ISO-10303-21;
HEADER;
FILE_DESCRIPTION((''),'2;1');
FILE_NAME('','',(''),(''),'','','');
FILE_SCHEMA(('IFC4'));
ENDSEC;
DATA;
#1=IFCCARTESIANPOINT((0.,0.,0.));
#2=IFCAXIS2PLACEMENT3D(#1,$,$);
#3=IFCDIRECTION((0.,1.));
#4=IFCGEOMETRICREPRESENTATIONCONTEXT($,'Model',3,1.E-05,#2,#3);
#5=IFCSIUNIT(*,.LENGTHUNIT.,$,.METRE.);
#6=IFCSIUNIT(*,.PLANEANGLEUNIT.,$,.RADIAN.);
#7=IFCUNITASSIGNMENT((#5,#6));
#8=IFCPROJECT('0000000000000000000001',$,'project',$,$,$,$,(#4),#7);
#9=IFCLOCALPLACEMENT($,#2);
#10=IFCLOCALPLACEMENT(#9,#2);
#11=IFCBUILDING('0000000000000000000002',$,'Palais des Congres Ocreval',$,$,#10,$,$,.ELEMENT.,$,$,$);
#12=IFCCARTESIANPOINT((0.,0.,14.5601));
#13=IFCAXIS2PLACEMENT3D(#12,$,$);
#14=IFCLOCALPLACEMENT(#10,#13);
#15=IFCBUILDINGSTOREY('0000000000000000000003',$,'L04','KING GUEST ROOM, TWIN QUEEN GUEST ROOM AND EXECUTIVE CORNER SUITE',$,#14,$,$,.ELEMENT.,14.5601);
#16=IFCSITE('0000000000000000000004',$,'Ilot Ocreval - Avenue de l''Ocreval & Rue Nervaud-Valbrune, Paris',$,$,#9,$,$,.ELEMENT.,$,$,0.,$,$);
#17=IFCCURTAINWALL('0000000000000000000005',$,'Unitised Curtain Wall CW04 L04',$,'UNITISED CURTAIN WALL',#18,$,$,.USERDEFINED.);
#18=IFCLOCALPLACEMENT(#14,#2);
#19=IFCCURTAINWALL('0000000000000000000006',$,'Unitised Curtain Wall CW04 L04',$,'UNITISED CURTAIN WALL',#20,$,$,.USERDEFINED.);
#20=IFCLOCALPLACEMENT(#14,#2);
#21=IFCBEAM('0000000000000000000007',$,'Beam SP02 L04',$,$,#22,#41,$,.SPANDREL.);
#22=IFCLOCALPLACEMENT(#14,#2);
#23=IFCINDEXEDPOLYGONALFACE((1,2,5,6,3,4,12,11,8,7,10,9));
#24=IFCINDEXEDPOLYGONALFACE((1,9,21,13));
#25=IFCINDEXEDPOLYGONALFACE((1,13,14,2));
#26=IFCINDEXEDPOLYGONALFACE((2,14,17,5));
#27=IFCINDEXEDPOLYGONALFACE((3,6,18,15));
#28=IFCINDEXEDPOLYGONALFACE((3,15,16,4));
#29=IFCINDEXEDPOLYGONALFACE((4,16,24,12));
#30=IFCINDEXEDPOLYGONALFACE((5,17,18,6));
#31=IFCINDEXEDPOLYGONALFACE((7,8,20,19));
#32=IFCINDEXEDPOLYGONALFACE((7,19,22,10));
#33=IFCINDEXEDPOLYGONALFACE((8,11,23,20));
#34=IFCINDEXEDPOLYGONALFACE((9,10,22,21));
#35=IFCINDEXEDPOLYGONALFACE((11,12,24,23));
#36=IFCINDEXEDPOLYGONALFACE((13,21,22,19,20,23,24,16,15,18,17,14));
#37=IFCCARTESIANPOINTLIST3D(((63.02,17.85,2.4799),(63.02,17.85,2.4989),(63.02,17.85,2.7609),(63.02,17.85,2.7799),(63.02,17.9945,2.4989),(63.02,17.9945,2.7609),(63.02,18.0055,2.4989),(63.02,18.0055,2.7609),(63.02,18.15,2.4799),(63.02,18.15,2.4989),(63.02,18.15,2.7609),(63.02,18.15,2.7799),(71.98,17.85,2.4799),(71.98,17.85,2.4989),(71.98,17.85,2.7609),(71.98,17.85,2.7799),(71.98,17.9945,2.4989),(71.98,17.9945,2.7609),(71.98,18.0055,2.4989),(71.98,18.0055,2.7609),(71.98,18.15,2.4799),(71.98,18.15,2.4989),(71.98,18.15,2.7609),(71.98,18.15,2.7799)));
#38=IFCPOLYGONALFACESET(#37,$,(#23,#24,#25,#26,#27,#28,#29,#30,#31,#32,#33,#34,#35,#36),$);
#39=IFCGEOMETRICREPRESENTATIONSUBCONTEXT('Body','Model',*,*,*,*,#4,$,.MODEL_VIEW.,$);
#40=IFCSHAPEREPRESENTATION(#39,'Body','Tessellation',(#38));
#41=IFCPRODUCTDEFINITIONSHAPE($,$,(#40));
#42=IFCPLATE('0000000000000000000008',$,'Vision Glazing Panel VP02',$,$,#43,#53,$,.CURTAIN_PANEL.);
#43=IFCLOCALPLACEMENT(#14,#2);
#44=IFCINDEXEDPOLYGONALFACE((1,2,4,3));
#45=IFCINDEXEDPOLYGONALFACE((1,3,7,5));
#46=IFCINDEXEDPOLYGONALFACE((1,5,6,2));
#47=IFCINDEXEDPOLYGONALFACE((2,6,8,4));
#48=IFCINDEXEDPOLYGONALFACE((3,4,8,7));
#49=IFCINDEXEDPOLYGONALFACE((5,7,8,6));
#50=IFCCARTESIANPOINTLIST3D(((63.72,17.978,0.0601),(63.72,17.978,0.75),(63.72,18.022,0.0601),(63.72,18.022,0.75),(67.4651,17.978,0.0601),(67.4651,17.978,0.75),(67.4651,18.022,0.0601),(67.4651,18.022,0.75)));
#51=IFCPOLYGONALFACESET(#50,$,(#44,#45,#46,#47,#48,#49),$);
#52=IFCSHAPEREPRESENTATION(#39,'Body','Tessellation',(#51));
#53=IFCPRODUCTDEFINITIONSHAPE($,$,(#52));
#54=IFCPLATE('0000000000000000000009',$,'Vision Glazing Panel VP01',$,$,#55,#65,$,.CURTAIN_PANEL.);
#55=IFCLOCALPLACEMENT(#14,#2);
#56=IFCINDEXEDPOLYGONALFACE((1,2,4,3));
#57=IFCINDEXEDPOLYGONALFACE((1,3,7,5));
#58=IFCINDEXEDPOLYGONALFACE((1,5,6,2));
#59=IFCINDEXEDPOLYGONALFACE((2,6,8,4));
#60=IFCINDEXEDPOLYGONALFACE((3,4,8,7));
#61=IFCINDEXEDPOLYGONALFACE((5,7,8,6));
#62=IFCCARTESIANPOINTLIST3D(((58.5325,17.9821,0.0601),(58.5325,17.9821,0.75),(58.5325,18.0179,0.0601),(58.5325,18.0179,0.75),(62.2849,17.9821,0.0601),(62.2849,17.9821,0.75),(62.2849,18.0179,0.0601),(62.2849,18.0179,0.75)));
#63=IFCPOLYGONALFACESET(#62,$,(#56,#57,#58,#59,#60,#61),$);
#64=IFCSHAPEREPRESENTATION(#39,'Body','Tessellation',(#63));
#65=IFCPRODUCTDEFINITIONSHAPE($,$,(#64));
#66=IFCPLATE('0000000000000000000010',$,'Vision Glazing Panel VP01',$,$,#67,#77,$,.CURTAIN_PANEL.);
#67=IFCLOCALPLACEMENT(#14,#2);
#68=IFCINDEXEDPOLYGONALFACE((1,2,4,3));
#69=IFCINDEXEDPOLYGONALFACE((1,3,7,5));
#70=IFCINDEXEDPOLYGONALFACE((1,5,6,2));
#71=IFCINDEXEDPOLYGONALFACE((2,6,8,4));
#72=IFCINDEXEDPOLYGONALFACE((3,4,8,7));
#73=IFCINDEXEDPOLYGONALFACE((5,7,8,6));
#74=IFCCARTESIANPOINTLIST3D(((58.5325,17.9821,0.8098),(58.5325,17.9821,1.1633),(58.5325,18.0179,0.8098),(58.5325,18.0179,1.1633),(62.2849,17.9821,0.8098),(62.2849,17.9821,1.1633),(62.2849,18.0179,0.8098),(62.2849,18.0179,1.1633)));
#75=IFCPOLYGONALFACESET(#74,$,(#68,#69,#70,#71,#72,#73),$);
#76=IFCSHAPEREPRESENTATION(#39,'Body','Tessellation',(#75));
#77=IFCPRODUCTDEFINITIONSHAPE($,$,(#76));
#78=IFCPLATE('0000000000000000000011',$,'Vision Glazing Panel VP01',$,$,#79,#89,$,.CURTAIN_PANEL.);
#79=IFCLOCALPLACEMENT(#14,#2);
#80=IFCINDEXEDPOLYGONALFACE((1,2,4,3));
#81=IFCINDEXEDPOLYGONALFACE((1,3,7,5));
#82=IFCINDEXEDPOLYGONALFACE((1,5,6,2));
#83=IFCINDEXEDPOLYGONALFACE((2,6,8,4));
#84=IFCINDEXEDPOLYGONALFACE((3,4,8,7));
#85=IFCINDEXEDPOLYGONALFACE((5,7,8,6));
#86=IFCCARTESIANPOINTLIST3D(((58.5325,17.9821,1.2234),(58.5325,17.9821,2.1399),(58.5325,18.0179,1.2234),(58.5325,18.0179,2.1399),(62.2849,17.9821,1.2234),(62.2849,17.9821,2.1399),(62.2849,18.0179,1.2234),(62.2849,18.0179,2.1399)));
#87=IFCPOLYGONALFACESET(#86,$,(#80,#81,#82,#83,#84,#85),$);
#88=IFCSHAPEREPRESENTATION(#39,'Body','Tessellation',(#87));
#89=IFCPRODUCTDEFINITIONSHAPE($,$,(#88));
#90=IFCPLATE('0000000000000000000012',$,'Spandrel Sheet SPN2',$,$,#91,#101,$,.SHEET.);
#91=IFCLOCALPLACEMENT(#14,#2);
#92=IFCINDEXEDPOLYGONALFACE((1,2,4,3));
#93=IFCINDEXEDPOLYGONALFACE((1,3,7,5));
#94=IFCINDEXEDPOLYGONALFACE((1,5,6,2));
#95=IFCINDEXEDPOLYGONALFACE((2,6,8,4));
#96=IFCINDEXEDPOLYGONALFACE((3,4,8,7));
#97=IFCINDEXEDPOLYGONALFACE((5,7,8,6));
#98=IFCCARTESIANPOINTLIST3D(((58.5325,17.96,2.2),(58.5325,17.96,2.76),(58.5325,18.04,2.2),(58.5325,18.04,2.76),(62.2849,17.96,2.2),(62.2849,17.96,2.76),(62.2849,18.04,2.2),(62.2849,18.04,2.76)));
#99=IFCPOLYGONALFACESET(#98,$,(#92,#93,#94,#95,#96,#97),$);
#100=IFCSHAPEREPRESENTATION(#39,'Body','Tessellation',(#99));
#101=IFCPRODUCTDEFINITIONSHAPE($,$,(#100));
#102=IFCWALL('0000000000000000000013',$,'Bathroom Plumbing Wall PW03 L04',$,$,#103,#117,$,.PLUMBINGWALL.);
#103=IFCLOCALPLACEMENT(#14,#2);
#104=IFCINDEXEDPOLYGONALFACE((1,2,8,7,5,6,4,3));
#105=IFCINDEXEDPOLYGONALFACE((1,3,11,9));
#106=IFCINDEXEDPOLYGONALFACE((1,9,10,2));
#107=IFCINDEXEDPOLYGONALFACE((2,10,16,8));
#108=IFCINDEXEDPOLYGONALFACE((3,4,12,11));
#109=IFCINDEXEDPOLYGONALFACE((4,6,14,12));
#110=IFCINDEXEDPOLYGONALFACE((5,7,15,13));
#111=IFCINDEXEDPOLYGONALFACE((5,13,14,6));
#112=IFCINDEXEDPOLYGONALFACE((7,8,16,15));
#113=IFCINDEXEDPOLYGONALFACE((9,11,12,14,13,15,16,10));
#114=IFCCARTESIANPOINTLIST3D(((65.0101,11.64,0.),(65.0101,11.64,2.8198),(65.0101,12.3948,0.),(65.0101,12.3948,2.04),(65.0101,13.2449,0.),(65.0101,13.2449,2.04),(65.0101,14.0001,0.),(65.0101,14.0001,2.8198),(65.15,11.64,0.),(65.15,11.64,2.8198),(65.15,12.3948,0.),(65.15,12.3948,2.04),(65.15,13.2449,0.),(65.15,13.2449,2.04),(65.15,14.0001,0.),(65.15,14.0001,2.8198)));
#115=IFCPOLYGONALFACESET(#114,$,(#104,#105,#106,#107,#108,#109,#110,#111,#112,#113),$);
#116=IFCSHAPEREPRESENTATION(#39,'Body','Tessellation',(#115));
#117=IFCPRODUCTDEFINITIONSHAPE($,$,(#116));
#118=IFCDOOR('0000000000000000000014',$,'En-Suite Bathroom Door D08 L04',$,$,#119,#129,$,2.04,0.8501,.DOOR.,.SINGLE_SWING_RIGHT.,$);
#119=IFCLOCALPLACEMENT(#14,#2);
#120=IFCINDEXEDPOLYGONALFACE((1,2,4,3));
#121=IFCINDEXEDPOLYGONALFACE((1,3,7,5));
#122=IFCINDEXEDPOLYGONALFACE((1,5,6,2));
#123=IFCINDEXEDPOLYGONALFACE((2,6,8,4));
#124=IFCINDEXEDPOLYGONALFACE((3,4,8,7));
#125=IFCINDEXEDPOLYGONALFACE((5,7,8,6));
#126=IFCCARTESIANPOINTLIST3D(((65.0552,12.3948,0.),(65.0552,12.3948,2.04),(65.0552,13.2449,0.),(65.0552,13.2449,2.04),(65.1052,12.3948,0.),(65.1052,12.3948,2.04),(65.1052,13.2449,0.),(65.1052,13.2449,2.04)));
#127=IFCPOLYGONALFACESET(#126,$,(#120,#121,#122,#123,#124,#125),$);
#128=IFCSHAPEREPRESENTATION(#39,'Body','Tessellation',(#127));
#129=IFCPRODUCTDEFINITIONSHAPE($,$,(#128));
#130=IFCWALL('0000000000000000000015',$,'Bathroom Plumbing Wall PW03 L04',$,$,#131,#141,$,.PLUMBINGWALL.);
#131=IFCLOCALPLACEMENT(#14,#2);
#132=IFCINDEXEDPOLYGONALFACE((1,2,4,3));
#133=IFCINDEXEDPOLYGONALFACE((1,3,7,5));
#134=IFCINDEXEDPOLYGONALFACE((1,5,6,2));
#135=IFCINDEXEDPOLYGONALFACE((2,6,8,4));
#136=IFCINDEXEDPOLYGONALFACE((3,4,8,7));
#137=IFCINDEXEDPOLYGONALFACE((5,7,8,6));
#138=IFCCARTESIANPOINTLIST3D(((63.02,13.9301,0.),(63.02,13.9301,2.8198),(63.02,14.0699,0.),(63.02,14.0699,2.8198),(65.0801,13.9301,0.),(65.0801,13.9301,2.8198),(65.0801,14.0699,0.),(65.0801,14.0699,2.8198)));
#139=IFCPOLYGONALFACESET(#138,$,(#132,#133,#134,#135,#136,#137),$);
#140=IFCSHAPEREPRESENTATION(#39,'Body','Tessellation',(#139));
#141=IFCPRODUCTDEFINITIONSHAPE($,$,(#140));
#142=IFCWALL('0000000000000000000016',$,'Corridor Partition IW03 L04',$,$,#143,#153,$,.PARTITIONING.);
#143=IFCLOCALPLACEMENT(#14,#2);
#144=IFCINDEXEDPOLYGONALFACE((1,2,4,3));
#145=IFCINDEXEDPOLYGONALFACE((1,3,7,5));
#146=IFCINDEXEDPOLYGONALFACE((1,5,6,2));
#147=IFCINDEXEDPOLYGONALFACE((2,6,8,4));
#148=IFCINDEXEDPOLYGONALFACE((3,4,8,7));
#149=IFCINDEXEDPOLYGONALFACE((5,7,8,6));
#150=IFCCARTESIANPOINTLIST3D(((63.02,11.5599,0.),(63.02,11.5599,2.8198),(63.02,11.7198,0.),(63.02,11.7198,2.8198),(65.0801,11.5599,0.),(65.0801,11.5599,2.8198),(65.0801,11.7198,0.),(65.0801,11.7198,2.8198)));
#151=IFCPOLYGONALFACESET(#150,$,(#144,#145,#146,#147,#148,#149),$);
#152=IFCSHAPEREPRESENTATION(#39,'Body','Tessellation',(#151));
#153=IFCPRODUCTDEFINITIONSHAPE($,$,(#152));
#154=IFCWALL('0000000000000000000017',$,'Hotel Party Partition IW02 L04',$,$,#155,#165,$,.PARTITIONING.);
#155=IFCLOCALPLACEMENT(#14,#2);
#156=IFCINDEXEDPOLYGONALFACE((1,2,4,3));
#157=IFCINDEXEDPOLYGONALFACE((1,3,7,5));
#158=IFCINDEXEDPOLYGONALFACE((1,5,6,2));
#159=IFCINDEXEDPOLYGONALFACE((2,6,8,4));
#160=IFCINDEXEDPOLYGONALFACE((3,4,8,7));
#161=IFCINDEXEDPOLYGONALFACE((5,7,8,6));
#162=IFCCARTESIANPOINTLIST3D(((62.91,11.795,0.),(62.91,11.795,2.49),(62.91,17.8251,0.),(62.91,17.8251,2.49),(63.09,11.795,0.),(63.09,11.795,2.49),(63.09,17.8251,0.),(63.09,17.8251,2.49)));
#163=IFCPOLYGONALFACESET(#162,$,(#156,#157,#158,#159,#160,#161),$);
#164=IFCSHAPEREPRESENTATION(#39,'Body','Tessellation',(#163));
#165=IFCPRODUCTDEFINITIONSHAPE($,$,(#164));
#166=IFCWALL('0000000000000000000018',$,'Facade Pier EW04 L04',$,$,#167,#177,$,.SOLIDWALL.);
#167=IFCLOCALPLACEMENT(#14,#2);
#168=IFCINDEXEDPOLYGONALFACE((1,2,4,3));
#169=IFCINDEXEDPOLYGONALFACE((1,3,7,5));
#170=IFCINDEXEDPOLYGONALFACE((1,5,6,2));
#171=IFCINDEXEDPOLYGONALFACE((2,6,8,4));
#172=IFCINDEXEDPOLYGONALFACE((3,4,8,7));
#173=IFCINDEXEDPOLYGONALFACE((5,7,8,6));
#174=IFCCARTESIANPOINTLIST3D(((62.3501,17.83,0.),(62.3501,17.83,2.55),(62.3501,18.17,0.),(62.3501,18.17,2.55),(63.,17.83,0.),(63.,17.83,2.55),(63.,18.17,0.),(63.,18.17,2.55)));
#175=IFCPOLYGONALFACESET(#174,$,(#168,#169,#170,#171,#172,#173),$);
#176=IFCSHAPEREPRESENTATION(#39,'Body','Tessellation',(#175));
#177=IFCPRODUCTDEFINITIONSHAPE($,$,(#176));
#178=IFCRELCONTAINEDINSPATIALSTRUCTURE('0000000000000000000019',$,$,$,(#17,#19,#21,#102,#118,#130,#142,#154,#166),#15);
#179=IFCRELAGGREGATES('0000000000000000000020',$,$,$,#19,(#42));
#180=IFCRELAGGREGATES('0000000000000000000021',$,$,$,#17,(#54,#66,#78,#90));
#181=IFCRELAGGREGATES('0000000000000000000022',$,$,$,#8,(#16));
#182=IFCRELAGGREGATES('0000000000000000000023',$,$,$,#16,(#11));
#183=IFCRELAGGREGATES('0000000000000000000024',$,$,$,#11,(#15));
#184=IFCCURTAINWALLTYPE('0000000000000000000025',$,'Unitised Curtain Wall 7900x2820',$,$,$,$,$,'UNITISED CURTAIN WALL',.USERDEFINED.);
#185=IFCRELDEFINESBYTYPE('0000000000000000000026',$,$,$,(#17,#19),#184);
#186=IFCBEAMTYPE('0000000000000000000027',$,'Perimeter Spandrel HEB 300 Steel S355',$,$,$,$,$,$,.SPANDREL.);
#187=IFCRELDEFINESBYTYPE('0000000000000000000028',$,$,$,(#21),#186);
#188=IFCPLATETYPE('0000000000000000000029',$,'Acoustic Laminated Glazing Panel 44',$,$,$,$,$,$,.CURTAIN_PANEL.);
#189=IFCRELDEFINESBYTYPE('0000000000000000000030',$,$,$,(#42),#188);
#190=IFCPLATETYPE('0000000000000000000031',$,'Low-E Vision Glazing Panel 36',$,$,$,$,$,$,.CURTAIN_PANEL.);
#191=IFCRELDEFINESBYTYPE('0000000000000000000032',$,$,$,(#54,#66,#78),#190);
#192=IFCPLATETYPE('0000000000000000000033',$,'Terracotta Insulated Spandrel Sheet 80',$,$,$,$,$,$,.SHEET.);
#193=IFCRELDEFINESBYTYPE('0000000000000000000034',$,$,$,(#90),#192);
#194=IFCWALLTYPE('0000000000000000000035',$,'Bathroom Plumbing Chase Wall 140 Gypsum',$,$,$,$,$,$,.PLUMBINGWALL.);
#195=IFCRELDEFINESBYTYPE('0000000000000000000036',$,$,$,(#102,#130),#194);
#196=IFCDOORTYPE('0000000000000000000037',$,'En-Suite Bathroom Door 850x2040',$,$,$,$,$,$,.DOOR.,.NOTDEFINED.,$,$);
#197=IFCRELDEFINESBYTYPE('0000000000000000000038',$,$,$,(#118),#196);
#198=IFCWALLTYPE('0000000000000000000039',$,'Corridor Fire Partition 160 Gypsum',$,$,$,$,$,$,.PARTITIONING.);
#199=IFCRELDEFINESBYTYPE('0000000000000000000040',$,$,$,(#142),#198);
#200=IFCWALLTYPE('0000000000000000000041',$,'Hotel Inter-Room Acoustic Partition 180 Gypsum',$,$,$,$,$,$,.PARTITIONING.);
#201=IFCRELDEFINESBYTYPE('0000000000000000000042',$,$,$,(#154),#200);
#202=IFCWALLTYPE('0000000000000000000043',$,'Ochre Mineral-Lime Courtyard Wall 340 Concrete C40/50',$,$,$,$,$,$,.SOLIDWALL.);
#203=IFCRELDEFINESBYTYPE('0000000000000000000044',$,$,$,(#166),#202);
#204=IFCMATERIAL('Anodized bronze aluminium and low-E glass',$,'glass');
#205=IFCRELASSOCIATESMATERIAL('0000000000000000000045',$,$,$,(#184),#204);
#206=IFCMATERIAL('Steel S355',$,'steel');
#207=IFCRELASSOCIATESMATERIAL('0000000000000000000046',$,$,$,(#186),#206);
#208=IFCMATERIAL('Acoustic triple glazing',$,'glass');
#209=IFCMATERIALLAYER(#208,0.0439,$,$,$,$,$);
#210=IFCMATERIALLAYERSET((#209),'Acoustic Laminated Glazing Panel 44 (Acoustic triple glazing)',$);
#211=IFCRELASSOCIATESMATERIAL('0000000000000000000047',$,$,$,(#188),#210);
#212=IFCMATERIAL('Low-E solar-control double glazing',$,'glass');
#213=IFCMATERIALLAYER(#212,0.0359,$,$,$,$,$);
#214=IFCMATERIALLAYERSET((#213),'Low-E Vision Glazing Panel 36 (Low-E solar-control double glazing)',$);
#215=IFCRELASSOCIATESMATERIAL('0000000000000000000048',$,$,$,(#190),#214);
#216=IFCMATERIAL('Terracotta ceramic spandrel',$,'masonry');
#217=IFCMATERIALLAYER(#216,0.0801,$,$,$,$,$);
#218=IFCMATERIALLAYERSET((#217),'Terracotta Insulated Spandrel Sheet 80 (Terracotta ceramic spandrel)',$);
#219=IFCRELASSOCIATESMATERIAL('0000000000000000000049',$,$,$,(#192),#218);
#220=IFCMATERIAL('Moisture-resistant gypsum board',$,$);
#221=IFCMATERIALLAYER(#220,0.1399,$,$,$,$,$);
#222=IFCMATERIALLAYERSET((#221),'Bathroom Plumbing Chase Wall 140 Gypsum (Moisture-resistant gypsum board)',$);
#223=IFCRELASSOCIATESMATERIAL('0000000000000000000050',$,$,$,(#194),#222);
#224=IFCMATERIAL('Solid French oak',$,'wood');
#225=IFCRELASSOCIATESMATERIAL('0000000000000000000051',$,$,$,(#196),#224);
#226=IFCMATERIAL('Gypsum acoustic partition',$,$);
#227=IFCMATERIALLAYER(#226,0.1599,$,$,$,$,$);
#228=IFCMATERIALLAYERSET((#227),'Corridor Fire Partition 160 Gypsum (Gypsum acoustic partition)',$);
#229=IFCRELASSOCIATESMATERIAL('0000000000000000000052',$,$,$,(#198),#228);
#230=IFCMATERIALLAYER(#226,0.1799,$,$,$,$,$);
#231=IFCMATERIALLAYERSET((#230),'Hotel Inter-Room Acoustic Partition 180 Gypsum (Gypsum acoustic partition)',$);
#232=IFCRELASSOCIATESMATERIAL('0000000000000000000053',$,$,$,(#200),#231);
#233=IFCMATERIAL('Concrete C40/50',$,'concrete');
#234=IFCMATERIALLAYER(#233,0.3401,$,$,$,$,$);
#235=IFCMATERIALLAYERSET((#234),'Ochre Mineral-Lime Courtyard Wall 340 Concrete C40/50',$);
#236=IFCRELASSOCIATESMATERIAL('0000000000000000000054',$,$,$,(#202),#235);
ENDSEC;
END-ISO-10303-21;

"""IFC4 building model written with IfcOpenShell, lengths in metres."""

from ifc_helpers import new_model, si_unit, direction, frame, frame_2d, origin, origin_2d, place, context, subcontext, project, spatial, rectangle, i_section, extrude, material, layer, layer_set, material_profile, profile_set, type_object, element, fill, aggregate, save


model = new_model("IFC4")

# Units and contexts
model_context = context("Model", 3, precision=1e-05, world=origin(), true_north=direction((0.0, 1.0)))
body_context = subcontext(model_context, "Body", "Model", "MODEL_VIEW")
ifc_project = project(units=[si_unit("LENGTHUNIT", "METRE"), si_unit("PLANEANGLEUNIT", "RADIAN")], contexts=[model_context])

# Site, building, storey
site_placement = place(None, origin())
site = spatial("IfcSite", under=ifc_project, at=site_placement, Name="Ilot Ocreval - Avenue de l'Ocreval & Rue Nervaud-Valbrune, Paris", CompositionType="ELEMENT", RefElevation=0.0)
building_placement = place(site_placement, origin())
building = spatial("IfcBuilding", under=site, at=building_placement, Name="Palais des Congres Ocreval", CompositionType="ELEMENT")
storey_placement = place(building_placement, frame((0.0, 0.0, 14.5601)))
storey = spatial("IfcBuildingStorey", under=building, at=storey_placement, Name="L04", Description="KING GUEST ROOM, TWIN QUEEN GUEST ROOM AND EXECUTIVE CORNER SUITE", CompositionType="ELEMENT", Elevation=14.5601)

# Shared definitions
ifc_material_1 = material(Name="Concrete C40/50", Category="concrete")

# Curtain walls
ifc_material_2 = material(Name="Anodized bronze aluminium and low-E glass", Category="glass")
curtain_wall_type = type_object("IfcCurtainWallType", Name="Unitised Curtain Wall 7900x2820", ElementType="UNITISED CURTAIN WALL", PredefinedType="USERDEFINED", material=ifc_material_2)
curtain_wall_1_placement = place(storey_placement, origin())
curtain_wall_1 = element("IfcCurtainWall", 1, at=curtain_wall_1_placement, inside=storey, type_object=curtain_wall_type, Name="Unitised Curtain Wall CW04 L04", ObjectType="UNITISED CURTAIN WALL", PredefinedType="USERDEFINED")
curtain_wall_2_placement = place(storey_placement, origin())
curtain_wall_2 = element("IfcCurtainWall", 2, at=curtain_wall_2_placement, inside=storey, type_object=curtain_wall_type, Name="Unitised Curtain Wall CW04 L04", ObjectType="UNITISED CURTAIN WALL", PredefinedType="USERDEFINED")

# Beam
ifc_material_3 = material(Name="Steel S355", Category="steel")
ifc_material_profile_1 = material_profile(ifc_material_3, i_section(OverallWidth=0.3, OverallDepth=0.3, WebThickness=0.011, FlangeThickness=0.019, at=origin_2d()), Name="HEB 300")
ifc_profile_set_1 = profile_set([ifc_material_profile_1], Name="Steel S355")
beam_type = type_object("IfcBeamType", Name="Perimeter Spandrel HEB 300 Steel S355", PredefinedType="SPANDREL", material=ifc_profile_set_1)
beam_placement = place(storey_placement, frame((63.02, 18.0, 2.6299), z_axis=(1.0, 0.0, 0.0), x_axis=(0.0, 1.0, 0.0)))
element("IfcBeam", 3, at=beam_placement, inside=storey, type_object=beam_type, Name="Beam SP02 L04", PredefinedType="SPANDREL", context=body_context, shape_type="SweptSolid", body=[
    extrude(i_section(OverallWidth=0.3, OverallDepth=0.3, WebThickness=0.011, FlangeThickness=0.019, at=origin_2d()), origin(), (0.0, 0.0, 1.0), 8.96),
])

# Plates
ifc_material_4 = material(Name="Acoustic triple glazing", Category="glass")
ifc_layer_1 = layer(ifc_material_4, 0.0439)
ifc_layer_set_1 = layer_set([ifc_layer_1], Name="Acoustic Laminated Glazing Panel 44 (Acoustic triple glazing)")
plate_type_1 = type_object("IfcPlateType", Name="Acoustic Laminated Glazing Panel 44", PredefinedType="CURTAIN_PANEL", material=ifc_layer_set_1)
plate_1_placement = place(storey_placement, frame((65.5925, 18.0, 0.0601), z_axis=(0.0, 0.0, 1.0), x_axis=(1.0, 0.0, 0.0)))
plate_1 = element("IfcPlate", 4, at=plate_1_placement, type_object=plate_type_1, Name="Vision Glazing Panel VP02", PredefinedType="CURTAIN_PANEL", context=body_context, shape_type="SweptSolid", body=[
    extrude(rectangle(XDim=3.7451, YDim=0.0439, at=origin_2d()), origin(), (0.0, 0.0, 1.0), 0.6899),
])
aggregate(curtain_wall_2, [plate_1])
ifc_material_5 = material(Name="Low-E solar-control double glazing", Category="glass")
ifc_layer_2 = layer(ifc_material_5, 0.0359)
ifc_layer_set_2 = layer_set([ifc_layer_2], Name="Low-E Vision Glazing Panel 36 (Low-E solar-control double glazing)")
plate_type_2 = type_object("IfcPlateType", Name="Low-E Vision Glazing Panel 36", PredefinedType="CURTAIN_PANEL", material=ifc_layer_set_2)
plate_2_placement = place(storey_placement, frame((60.4087, 18.0, 0.0601), z_axis=(0.0, 0.0, 1.0), x_axis=(1.0, 0.0, 0.0)))
plate_2 = element("IfcPlate", 5, at=plate_2_placement, type_object=plate_type_2, Name="Vision Glazing Panel VP01", PredefinedType="CURTAIN_PANEL", context=body_context, shape_type="SweptSolid", body=[
    extrude(rectangle(XDim=3.7524, YDim=0.0359, at=origin_2d()), origin(), (0.0, 0.0, 1.0), 0.6899),
])
plate_3_placement = place(storey_placement, frame((60.4087, 18.0, 0.8098), z_axis=(0.0, 0.0, 1.0), x_axis=(1.0, 0.0, 0.0)))
plate_3 = element("IfcPlate", 6, at=plate_3_placement, type_object=plate_type_2, Name="Vision Glazing Panel VP01", PredefinedType="CURTAIN_PANEL", context=body_context, shape_type="SweptSolid", body=[
    extrude(rectangle(XDim=3.7524, YDim=0.0359, at=origin_2d()), origin(), (0.0, 0.0, 1.0), 0.3535),
])
plate_4_placement = place(storey_placement, frame((60.4087, 18.0, 1.2234), z_axis=(0.0, 0.0, 1.0), x_axis=(1.0, 0.0, 0.0)))
plate_4 = element("IfcPlate", 7, at=plate_4_placement, type_object=plate_type_2, Name="Vision Glazing Panel VP01", PredefinedType="CURTAIN_PANEL", context=body_context, shape_type="SweptSolid", body=[
    extrude(rectangle(XDim=3.7524, YDim=0.0359, at=origin_2d()), origin(), (0.0, 0.0, 1.0), 0.9165),
])
ifc_material_6 = material(Name="Terracotta ceramic spandrel", Category="masonry")
ifc_layer_3 = layer(ifc_material_6, 0.0801)
ifc_layer_set_3 = layer_set([ifc_layer_3], Name="Terracotta Insulated Spandrel Sheet 80 (Terracotta ceramic spandrel)")
plate_type_3 = type_object("IfcPlateType", Name="Terracotta Insulated Spandrel Sheet 80", PredefinedType="SHEET", material=ifc_layer_set_3)
plate_5_placement = place(storey_placement, frame((60.4087, 18.0, 2.2), z_axis=(0.0, 0.0, 1.0), x_axis=(1.0, 0.0, 0.0)))
plate_5 = element("IfcPlate", 8, at=plate_5_placement, type_object=plate_type_3, Name="Spandrel Sheet SPN2", PredefinedType="SHEET", context=body_context, shape_type="SweptSolid", body=[
    extrude(rectangle(XDim=3.7524, YDim=0.0801, at=origin_2d()), origin(), (0.0, 0.0, 1.0), 0.5601),
])
aggregate(curtain_wall_1, [plate_2, plate_3, plate_4, plate_5])

# Wall, opening, door
ifc_material_7 = material(Name="Moisture-resistant gypsum board")
ifc_layer_4 = layer(ifc_material_7, 0.1399)
ifc_layer_set_4 = layer_set([ifc_layer_4], Name="Bathroom Plumbing Chase Wall 140 Gypsum (Moisture-resistant gypsum board)")
wall_type_1 = type_object("IfcWallType", Name="Bathroom Plumbing Chase Wall 140 Gypsum", PredefinedType="PLUMBINGWALL", material=ifc_layer_set_4)
wall_1_placement = place(storey_placement, frame((65.0801, 11.6399, 0.0), z_axis=(0.0, 0.0, 1.0), x_axis=(0.0, 1.0, 0.0)))
wall_1 = element("IfcWall", 9, at=wall_1_placement, inside=storey, type_object=wall_type_1, Name="Bathroom Plumbing Wall PW03 L04", PredefinedType="PLUMBINGWALL", context=body_context, shape_type="SweptSolid", body=[
    extrude(rectangle(XDim=2.3601, YDim=0.1399, at=frame_2d((1.1802, 0.0))), origin(), (0.0, 0.0, 1.0), 2.8198),
])
opening_placement = place(wall_1_placement, frame((0.7549, 0.0, 0.0)))
opening = element("IfcOpeningElement", 10, at=opening_placement, cuts=wall_1, PredefinedType="OPENING", context=body_context, shape_type="SweptSolid", body=[
    extrude(rectangle(XDim=0.8501, YDim=2.04, at=frame_2d((0.425, 1.02))), frame((0.0, 0.0798, 0.0), z_axis=(0.0, -1.0, 0.0), x_axis=(1.0, 0.0, 0.0)), (0.0, 0.0, 1.0), 0.1599),
])
ifc_material_8 = material(Name="Solid French oak", Category="wood")
door_type = type_object("IfcDoorType", Name="En-Suite Bathroom Door 850x2040", OperationType="NOTDEFINED", PredefinedType="DOOR", material=ifc_material_8)
door_placement = place(opening_placement, origin())
door = element("IfcDoor", 11, at=door_placement, inside=storey, type_object=door_type, Name="En-Suite Bathroom Door D08 L04", OperationType="SINGLE_SWING_RIGHT", OverallHeight=2.04, OverallWidth=0.8501, PredefinedType="DOOR", context=body_context, shape_type="SweptSolid", body=[
    extrude(rectangle(XDim=0.8501, YDim=2.04, at=frame_2d((0.425, 1.02))), frame((0.0, 0.0249, 0.0), z_axis=(0.0, -1.0, 0.0), x_axis=(1.0, 0.0, 0.0)), (0.0, 0.0, 1.0), 0.05),
])
fill(opening, door)

# Walls
wall_2_placement = place(storey_placement, frame((63.02, 14.0, 0.0), z_axis=(0.0, 0.0, 1.0), x_axis=(1.0, 0.0, 0.0)))
element("IfcWall", 12, at=wall_2_placement, inside=storey, type_object=wall_type_1, Name="Bathroom Plumbing Wall PW03 L04", PredefinedType="PLUMBINGWALL", context=body_context, shape_type="SweptSolid", body=[
    extrude(rectangle(XDim=2.0601, YDim=0.1399, at=frame_2d((1.03, 0.0))), origin(), (0.0, 0.0, 1.0), 2.8198),
])
ifc_material_9 = material(Name="Gypsum acoustic partition")
ifc_layer_5 = layer(ifc_material_9, 0.1599)
ifc_layer_set_5 = layer_set([ifc_layer_5], Name="Corridor Fire Partition 160 Gypsum (Gypsum acoustic partition)")
wall_type_2 = type_object("IfcWallType", Name="Corridor Fire Partition 160 Gypsum", PredefinedType="PARTITIONING", material=ifc_layer_set_5)
wall_3_placement = place(storey_placement, frame((63.02, 11.6399, 0.0), z_axis=(0.0, 0.0, 1.0), x_axis=(1.0, 0.0, 0.0)))
element("IfcWall", 13, at=wall_3_placement, inside=storey, type_object=wall_type_2, Name="Corridor Partition IW03 L04", PredefinedType="PARTITIONING", context=body_context, shape_type="SweptSolid", body=[
    extrude(rectangle(XDim=2.0601, YDim=0.1599, at=frame_2d((1.03, 0.0))), origin(), (0.0, 0.0, 1.0), 2.8198),
])
ifc_layer_6 = layer(ifc_material_9, 0.1799)
ifc_layer_set_6 = layer_set([ifc_layer_6], Name="Hotel Inter-Room Acoustic Partition 180 Gypsum (Gypsum acoustic partition)")
wall_type_3 = type_object("IfcWallType", Name="Hotel Inter-Room Acoustic Partition 180 Gypsum", PredefinedType="PARTITIONING", material=ifc_layer_set_6)
wall_4_placement = place(storey_placement, frame((63.0, 11.7949, 0.0), z_axis=(0.0, 0.0, 1.0), x_axis=(0.0, 1.0, 0.0)))
element("IfcWall", 14, at=wall_4_placement, inside=storey, type_object=wall_type_3, Name="Hotel Party Partition IW02 L04", PredefinedType="PARTITIONING", context=body_context, shape_type="SweptSolid", body=[
    extrude(rectangle(XDim=6.03, YDim=0.1799, at=frame_2d((3.0151, 0.0))), origin(), (0.0, 0.0, 1.0), 2.49),
])
ifc_layer_7 = layer(ifc_material_1, 0.3401)
ifc_layer_set_7 = layer_set([ifc_layer_7], Name="Ochre Mineral-Lime Courtyard Wall 340 Concrete C40/50")
wall_type_4 = type_object("IfcWallType", Name="Ochre Mineral-Lime Courtyard Wall 340 Concrete C40/50", PredefinedType="SOLIDWALL", material=ifc_layer_set_7)
wall_5_placement = place(storey_placement, frame((62.3501, 18.0, 0.0), z_axis=(0.0, 0.0, 1.0), x_axis=(1.0, 0.0, 0.0)))
element("IfcWall", 15, at=wall_5_placement, inside=storey, type_object=wall_type_4, Name="Facade Pier EW04 L04", PredefinedType="SOLIDWALL", context=body_context, shape_type="SweptSolid", body=[
    extrude(rectangle(XDim=0.6499, YDim=0.3401, at=frame_2d((0.325, 0.0))), origin(), (0.0, 0.0, 1.0), 2.55),
])

save(model, "model.ifc")
